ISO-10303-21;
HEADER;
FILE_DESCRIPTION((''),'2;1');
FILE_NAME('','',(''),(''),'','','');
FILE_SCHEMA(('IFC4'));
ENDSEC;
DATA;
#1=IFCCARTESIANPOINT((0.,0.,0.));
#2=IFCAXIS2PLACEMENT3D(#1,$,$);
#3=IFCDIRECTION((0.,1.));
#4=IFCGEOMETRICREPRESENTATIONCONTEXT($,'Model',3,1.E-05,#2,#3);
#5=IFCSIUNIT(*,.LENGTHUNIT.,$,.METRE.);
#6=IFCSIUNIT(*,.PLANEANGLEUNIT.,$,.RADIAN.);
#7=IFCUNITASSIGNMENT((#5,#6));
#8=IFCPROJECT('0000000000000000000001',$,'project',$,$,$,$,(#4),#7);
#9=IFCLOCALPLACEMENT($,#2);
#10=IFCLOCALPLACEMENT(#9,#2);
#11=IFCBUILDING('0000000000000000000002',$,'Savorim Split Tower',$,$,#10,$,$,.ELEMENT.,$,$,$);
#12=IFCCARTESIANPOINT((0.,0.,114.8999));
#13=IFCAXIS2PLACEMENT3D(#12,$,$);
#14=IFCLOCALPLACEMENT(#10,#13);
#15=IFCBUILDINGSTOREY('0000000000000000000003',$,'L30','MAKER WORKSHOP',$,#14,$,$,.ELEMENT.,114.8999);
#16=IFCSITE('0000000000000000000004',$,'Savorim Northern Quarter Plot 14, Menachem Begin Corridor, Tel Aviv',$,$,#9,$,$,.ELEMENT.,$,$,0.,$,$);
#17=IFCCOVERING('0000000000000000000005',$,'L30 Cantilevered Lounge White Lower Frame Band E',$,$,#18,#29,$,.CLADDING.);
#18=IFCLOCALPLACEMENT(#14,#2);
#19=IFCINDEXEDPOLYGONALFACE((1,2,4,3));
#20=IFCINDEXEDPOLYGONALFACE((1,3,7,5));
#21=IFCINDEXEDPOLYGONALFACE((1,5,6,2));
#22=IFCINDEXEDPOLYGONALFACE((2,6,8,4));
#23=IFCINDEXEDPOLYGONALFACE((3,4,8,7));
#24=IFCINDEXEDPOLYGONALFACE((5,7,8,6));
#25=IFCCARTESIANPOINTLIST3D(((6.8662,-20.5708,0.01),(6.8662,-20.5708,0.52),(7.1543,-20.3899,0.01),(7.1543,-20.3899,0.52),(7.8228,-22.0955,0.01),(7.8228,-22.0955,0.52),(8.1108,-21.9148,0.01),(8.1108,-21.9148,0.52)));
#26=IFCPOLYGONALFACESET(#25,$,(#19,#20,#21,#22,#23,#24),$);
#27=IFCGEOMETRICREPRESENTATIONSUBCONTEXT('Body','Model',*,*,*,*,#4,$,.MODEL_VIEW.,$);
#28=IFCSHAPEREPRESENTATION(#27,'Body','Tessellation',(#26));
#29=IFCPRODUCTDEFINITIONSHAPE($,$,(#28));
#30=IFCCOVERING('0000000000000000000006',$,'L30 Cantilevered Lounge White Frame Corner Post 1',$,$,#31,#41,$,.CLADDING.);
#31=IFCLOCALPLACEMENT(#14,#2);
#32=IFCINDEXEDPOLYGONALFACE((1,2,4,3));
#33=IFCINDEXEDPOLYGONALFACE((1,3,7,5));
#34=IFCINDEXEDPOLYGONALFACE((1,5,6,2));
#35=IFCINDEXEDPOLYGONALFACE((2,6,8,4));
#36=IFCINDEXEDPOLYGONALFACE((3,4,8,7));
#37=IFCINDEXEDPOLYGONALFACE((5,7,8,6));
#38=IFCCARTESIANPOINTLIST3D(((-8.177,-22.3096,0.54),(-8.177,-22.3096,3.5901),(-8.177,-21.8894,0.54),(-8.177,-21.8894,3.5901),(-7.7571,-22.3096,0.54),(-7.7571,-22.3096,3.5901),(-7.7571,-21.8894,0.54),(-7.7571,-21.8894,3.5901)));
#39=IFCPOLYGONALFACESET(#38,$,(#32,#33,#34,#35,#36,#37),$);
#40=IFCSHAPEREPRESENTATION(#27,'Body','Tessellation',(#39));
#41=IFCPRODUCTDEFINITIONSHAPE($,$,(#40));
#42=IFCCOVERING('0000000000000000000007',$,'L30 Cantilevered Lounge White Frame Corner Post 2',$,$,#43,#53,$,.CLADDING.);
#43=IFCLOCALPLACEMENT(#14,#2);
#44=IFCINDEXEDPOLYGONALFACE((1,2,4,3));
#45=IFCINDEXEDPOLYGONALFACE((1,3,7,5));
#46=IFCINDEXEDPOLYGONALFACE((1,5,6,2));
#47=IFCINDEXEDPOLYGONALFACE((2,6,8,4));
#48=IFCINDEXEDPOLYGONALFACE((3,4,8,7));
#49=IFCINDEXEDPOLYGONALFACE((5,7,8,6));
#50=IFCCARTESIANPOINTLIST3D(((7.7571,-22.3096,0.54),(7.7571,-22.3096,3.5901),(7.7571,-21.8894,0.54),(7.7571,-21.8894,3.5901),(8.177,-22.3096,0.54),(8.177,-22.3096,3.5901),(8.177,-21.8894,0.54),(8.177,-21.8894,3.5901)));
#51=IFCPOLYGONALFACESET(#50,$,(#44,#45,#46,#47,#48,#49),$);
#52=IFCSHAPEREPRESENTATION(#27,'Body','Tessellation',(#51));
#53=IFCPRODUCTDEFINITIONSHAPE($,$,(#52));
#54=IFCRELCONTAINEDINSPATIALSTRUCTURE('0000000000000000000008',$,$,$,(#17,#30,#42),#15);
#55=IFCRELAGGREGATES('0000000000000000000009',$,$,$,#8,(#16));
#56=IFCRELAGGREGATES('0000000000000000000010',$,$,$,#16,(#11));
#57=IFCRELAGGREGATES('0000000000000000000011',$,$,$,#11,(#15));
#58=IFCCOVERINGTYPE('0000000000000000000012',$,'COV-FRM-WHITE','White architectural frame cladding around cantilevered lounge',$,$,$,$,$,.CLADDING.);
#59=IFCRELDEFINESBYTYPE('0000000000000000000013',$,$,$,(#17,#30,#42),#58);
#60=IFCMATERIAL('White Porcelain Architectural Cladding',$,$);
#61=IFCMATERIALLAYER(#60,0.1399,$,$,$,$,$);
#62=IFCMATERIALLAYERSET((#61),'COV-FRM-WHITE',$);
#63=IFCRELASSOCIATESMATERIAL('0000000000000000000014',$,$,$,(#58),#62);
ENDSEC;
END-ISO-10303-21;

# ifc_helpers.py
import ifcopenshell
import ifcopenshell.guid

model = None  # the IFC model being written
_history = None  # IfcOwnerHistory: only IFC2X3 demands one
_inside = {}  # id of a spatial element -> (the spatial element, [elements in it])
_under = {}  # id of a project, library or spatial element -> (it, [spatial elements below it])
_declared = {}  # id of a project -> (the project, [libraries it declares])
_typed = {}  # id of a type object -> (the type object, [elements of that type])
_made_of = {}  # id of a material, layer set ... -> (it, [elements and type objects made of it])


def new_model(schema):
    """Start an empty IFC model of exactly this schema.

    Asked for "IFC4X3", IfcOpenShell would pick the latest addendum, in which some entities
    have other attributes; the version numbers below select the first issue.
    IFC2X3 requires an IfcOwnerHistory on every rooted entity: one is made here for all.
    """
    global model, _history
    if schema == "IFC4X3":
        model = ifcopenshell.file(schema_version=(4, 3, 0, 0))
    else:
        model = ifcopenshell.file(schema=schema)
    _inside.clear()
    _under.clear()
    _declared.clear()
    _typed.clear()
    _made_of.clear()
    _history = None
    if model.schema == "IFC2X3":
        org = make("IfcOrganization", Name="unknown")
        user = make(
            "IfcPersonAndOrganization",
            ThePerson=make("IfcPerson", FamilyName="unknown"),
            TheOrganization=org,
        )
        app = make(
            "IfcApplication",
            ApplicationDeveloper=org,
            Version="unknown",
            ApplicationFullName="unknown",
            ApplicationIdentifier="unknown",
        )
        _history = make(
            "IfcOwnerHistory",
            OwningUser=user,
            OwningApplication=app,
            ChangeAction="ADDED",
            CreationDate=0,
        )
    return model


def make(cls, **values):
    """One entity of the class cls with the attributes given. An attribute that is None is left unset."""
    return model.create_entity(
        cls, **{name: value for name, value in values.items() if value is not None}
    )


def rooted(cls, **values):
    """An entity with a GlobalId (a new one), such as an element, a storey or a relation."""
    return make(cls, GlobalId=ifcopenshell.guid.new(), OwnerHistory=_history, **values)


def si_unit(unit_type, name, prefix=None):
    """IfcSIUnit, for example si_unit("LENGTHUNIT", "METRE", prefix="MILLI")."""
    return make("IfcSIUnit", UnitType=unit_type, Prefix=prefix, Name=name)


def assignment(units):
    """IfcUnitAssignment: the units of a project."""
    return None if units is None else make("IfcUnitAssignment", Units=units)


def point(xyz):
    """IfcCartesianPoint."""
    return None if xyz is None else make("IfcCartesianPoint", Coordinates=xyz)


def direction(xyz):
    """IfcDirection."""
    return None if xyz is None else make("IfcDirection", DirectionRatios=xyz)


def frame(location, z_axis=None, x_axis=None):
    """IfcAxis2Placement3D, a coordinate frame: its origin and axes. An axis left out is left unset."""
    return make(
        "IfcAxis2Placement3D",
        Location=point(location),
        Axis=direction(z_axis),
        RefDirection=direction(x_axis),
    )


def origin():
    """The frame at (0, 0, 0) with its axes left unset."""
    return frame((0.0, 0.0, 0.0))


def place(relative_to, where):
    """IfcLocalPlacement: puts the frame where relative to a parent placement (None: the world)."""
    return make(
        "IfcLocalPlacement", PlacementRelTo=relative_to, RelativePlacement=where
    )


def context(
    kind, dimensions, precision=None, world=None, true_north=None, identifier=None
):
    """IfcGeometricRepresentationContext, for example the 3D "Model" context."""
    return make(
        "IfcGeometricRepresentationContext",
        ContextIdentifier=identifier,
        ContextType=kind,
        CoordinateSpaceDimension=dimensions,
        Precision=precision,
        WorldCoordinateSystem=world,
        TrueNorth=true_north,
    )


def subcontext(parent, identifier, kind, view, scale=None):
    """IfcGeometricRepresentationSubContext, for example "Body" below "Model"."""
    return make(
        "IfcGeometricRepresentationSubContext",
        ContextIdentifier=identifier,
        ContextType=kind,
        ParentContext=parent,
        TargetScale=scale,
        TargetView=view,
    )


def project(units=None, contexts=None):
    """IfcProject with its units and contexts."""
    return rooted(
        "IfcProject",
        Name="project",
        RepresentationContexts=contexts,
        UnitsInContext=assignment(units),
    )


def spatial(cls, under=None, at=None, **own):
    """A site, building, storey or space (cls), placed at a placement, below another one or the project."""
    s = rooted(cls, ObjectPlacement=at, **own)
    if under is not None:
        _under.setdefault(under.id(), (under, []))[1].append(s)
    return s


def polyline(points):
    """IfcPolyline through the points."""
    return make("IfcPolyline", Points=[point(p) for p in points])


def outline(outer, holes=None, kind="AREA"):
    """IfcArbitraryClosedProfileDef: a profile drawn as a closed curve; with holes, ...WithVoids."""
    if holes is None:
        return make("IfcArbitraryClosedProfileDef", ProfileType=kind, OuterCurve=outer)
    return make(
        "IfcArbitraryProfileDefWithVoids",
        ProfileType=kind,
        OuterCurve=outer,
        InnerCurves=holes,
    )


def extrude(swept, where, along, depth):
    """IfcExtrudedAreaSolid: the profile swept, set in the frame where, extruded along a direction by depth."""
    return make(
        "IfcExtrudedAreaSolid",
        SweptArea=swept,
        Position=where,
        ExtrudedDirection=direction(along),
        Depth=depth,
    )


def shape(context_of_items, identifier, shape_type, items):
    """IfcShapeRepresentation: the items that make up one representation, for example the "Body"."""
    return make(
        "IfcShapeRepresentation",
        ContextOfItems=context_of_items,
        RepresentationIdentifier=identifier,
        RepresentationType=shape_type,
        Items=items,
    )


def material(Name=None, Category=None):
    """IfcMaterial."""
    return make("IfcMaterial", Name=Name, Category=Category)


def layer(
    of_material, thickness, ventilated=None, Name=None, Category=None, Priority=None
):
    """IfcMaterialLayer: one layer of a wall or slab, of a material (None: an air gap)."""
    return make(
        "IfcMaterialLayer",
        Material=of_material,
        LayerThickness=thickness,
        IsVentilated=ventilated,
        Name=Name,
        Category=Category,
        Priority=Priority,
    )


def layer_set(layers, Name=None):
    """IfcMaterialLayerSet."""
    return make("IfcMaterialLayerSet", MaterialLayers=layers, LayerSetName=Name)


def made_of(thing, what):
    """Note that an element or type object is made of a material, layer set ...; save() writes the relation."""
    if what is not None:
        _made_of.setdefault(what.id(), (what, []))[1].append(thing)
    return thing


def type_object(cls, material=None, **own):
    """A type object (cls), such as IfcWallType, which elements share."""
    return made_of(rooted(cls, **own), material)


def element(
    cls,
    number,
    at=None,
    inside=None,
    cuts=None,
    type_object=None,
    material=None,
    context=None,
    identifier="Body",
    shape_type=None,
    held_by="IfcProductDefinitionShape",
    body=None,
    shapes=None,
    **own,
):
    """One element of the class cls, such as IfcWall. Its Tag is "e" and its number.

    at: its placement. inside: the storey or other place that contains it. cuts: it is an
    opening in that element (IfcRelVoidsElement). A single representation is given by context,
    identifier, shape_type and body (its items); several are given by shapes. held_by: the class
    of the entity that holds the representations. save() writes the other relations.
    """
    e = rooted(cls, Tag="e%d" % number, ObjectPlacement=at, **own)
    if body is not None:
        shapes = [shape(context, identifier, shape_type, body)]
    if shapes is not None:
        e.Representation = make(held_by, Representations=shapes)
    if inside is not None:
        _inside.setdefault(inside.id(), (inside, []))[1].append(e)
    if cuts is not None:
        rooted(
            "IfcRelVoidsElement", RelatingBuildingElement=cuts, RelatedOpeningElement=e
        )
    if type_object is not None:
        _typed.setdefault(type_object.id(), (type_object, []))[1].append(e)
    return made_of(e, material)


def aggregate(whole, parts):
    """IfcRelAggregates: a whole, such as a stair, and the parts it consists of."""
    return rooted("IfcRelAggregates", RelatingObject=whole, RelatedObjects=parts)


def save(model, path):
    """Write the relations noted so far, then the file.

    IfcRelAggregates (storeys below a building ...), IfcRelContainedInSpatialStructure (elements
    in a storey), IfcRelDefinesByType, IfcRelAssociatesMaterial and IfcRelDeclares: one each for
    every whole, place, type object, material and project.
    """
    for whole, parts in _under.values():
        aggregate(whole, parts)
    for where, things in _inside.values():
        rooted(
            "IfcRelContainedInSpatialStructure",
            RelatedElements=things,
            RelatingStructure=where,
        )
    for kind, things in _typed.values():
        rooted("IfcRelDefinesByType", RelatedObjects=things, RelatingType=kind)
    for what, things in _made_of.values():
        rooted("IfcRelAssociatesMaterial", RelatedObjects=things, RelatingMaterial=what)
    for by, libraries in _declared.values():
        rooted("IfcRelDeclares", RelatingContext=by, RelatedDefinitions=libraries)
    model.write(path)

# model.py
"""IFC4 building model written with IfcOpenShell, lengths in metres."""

from ifc_helpers import new_model, si_unit, direction, frame, origin, place, context, subcontext, project, spatial, polyline, outline, extrude, material, layer, layer_set, type_object, element, save


model = new_model("IFC4")

# Units and contexts
model_context = context("Model", 3, precision=1e-05, world=origin(), true_north=direction((0.0, 1.0)))
body_context = subcontext(model_context, "Body", "Model", "MODEL_VIEW")
ifc_project = project(units=[si_unit("LENGTHUNIT", "METRE"), si_unit("PLANEANGLEUNIT", "RADIAN")], contexts=[model_context])

# Site, building, storey
site_placement = place(None, origin())
site = spatial("IfcSite", under=ifc_project, at=site_placement, Name="Savorim Northern Quarter Plot 14, Menachem Begin Corridor, Tel Aviv", CompositionType="ELEMENT", RefElevation=0.0)
building_placement = place(site_placement, origin())
building = spatial("IfcBuilding", under=site, at=building_placement, Name="Savorim Split Tower", CompositionType="ELEMENT")
storey_placement = place(building_placement, frame((0.0, 0.0, 114.8999)))
storey = spatial("IfcBuildingStorey", under=building, at=storey_placement, Name="L30", Description="MAKER WORKSHOP", CompositionType="ELEMENT", Elevation=114.8999)

# Coverings
ifc_material_1 = material(Name="White Porcelain Architectural Cladding")
ifc_layer_1 = layer(ifc_material_1, 0.1399)
ifc_layer_set_1 = layer_set([ifc_layer_1], Name="COV-FRM-WHITE")
covering_type_1 = type_object("IfcCoveringType", Name="COV-FRM-WHITE", Description="White architectural frame cladding around cantilevered lounge", PredefinedType="CLADDING", material=ifc_layer_set_1)
covering_1_placement = place(storey_placement, frame((0.0, 0.0, 0.01)))
element("IfcCovering", 1, at=covering_1_placement, inside=storey, type_object=covering_type_1, Name="L30 Cantilevered Lounge White Lower Frame Band E", PredefinedType="CLADDING", context=body_context, shape_type="SweptSolid", body=[
    extrude(outline(polyline([(8.1108, -21.9148), (7.1543, -20.3899), (6.8662, -20.5708), (7.8228, -22.0955), (8.1108, -21.9148)])), origin(), (0.0, 0.0, 1.0), 0.51),
])
covering_2_placement = place(storey_placement, frame((0.0, 0.0, 0.54)))
element("IfcCovering", 2, at=covering_2_placement, inside=storey, type_object=covering_type_1, Name="L30 Cantilevered Lounge White Frame Corner Post 1", PredefinedType="CLADDING", context=body_context, shape_type="SweptSolid", body=[
    extrude(outline(polyline([(-8.177, -22.3096), (-7.7571, -22.3096), (-7.7571, -21.8894), (-8.177, -21.8894), (-8.177, -22.3096)])), origin(), (0.0, 0.0, 1.0), 3.05),
])
covering_3_placement = place(storey_placement, frame((0.0, 0.0, 0.54)))
element("IfcCovering", 3, at=covering_3_placement, inside=storey, type_object=covering_type_1, Name="L30 Cantilevered Lounge White Frame Corner Post 2", PredefinedType="CLADDING", context=body_context, shape_type="SweptSolid", body=[
    extrude(outline(polyline([(7.7571, -22.3096), (8.177, -22.3096), (8.177, -21.8894), (7.7571, -21.8894), (7.7571, -22.3096)])), origin(), (0.0, 0.0, 1.0), 3.05),
])

save(model, "model.ifc")
